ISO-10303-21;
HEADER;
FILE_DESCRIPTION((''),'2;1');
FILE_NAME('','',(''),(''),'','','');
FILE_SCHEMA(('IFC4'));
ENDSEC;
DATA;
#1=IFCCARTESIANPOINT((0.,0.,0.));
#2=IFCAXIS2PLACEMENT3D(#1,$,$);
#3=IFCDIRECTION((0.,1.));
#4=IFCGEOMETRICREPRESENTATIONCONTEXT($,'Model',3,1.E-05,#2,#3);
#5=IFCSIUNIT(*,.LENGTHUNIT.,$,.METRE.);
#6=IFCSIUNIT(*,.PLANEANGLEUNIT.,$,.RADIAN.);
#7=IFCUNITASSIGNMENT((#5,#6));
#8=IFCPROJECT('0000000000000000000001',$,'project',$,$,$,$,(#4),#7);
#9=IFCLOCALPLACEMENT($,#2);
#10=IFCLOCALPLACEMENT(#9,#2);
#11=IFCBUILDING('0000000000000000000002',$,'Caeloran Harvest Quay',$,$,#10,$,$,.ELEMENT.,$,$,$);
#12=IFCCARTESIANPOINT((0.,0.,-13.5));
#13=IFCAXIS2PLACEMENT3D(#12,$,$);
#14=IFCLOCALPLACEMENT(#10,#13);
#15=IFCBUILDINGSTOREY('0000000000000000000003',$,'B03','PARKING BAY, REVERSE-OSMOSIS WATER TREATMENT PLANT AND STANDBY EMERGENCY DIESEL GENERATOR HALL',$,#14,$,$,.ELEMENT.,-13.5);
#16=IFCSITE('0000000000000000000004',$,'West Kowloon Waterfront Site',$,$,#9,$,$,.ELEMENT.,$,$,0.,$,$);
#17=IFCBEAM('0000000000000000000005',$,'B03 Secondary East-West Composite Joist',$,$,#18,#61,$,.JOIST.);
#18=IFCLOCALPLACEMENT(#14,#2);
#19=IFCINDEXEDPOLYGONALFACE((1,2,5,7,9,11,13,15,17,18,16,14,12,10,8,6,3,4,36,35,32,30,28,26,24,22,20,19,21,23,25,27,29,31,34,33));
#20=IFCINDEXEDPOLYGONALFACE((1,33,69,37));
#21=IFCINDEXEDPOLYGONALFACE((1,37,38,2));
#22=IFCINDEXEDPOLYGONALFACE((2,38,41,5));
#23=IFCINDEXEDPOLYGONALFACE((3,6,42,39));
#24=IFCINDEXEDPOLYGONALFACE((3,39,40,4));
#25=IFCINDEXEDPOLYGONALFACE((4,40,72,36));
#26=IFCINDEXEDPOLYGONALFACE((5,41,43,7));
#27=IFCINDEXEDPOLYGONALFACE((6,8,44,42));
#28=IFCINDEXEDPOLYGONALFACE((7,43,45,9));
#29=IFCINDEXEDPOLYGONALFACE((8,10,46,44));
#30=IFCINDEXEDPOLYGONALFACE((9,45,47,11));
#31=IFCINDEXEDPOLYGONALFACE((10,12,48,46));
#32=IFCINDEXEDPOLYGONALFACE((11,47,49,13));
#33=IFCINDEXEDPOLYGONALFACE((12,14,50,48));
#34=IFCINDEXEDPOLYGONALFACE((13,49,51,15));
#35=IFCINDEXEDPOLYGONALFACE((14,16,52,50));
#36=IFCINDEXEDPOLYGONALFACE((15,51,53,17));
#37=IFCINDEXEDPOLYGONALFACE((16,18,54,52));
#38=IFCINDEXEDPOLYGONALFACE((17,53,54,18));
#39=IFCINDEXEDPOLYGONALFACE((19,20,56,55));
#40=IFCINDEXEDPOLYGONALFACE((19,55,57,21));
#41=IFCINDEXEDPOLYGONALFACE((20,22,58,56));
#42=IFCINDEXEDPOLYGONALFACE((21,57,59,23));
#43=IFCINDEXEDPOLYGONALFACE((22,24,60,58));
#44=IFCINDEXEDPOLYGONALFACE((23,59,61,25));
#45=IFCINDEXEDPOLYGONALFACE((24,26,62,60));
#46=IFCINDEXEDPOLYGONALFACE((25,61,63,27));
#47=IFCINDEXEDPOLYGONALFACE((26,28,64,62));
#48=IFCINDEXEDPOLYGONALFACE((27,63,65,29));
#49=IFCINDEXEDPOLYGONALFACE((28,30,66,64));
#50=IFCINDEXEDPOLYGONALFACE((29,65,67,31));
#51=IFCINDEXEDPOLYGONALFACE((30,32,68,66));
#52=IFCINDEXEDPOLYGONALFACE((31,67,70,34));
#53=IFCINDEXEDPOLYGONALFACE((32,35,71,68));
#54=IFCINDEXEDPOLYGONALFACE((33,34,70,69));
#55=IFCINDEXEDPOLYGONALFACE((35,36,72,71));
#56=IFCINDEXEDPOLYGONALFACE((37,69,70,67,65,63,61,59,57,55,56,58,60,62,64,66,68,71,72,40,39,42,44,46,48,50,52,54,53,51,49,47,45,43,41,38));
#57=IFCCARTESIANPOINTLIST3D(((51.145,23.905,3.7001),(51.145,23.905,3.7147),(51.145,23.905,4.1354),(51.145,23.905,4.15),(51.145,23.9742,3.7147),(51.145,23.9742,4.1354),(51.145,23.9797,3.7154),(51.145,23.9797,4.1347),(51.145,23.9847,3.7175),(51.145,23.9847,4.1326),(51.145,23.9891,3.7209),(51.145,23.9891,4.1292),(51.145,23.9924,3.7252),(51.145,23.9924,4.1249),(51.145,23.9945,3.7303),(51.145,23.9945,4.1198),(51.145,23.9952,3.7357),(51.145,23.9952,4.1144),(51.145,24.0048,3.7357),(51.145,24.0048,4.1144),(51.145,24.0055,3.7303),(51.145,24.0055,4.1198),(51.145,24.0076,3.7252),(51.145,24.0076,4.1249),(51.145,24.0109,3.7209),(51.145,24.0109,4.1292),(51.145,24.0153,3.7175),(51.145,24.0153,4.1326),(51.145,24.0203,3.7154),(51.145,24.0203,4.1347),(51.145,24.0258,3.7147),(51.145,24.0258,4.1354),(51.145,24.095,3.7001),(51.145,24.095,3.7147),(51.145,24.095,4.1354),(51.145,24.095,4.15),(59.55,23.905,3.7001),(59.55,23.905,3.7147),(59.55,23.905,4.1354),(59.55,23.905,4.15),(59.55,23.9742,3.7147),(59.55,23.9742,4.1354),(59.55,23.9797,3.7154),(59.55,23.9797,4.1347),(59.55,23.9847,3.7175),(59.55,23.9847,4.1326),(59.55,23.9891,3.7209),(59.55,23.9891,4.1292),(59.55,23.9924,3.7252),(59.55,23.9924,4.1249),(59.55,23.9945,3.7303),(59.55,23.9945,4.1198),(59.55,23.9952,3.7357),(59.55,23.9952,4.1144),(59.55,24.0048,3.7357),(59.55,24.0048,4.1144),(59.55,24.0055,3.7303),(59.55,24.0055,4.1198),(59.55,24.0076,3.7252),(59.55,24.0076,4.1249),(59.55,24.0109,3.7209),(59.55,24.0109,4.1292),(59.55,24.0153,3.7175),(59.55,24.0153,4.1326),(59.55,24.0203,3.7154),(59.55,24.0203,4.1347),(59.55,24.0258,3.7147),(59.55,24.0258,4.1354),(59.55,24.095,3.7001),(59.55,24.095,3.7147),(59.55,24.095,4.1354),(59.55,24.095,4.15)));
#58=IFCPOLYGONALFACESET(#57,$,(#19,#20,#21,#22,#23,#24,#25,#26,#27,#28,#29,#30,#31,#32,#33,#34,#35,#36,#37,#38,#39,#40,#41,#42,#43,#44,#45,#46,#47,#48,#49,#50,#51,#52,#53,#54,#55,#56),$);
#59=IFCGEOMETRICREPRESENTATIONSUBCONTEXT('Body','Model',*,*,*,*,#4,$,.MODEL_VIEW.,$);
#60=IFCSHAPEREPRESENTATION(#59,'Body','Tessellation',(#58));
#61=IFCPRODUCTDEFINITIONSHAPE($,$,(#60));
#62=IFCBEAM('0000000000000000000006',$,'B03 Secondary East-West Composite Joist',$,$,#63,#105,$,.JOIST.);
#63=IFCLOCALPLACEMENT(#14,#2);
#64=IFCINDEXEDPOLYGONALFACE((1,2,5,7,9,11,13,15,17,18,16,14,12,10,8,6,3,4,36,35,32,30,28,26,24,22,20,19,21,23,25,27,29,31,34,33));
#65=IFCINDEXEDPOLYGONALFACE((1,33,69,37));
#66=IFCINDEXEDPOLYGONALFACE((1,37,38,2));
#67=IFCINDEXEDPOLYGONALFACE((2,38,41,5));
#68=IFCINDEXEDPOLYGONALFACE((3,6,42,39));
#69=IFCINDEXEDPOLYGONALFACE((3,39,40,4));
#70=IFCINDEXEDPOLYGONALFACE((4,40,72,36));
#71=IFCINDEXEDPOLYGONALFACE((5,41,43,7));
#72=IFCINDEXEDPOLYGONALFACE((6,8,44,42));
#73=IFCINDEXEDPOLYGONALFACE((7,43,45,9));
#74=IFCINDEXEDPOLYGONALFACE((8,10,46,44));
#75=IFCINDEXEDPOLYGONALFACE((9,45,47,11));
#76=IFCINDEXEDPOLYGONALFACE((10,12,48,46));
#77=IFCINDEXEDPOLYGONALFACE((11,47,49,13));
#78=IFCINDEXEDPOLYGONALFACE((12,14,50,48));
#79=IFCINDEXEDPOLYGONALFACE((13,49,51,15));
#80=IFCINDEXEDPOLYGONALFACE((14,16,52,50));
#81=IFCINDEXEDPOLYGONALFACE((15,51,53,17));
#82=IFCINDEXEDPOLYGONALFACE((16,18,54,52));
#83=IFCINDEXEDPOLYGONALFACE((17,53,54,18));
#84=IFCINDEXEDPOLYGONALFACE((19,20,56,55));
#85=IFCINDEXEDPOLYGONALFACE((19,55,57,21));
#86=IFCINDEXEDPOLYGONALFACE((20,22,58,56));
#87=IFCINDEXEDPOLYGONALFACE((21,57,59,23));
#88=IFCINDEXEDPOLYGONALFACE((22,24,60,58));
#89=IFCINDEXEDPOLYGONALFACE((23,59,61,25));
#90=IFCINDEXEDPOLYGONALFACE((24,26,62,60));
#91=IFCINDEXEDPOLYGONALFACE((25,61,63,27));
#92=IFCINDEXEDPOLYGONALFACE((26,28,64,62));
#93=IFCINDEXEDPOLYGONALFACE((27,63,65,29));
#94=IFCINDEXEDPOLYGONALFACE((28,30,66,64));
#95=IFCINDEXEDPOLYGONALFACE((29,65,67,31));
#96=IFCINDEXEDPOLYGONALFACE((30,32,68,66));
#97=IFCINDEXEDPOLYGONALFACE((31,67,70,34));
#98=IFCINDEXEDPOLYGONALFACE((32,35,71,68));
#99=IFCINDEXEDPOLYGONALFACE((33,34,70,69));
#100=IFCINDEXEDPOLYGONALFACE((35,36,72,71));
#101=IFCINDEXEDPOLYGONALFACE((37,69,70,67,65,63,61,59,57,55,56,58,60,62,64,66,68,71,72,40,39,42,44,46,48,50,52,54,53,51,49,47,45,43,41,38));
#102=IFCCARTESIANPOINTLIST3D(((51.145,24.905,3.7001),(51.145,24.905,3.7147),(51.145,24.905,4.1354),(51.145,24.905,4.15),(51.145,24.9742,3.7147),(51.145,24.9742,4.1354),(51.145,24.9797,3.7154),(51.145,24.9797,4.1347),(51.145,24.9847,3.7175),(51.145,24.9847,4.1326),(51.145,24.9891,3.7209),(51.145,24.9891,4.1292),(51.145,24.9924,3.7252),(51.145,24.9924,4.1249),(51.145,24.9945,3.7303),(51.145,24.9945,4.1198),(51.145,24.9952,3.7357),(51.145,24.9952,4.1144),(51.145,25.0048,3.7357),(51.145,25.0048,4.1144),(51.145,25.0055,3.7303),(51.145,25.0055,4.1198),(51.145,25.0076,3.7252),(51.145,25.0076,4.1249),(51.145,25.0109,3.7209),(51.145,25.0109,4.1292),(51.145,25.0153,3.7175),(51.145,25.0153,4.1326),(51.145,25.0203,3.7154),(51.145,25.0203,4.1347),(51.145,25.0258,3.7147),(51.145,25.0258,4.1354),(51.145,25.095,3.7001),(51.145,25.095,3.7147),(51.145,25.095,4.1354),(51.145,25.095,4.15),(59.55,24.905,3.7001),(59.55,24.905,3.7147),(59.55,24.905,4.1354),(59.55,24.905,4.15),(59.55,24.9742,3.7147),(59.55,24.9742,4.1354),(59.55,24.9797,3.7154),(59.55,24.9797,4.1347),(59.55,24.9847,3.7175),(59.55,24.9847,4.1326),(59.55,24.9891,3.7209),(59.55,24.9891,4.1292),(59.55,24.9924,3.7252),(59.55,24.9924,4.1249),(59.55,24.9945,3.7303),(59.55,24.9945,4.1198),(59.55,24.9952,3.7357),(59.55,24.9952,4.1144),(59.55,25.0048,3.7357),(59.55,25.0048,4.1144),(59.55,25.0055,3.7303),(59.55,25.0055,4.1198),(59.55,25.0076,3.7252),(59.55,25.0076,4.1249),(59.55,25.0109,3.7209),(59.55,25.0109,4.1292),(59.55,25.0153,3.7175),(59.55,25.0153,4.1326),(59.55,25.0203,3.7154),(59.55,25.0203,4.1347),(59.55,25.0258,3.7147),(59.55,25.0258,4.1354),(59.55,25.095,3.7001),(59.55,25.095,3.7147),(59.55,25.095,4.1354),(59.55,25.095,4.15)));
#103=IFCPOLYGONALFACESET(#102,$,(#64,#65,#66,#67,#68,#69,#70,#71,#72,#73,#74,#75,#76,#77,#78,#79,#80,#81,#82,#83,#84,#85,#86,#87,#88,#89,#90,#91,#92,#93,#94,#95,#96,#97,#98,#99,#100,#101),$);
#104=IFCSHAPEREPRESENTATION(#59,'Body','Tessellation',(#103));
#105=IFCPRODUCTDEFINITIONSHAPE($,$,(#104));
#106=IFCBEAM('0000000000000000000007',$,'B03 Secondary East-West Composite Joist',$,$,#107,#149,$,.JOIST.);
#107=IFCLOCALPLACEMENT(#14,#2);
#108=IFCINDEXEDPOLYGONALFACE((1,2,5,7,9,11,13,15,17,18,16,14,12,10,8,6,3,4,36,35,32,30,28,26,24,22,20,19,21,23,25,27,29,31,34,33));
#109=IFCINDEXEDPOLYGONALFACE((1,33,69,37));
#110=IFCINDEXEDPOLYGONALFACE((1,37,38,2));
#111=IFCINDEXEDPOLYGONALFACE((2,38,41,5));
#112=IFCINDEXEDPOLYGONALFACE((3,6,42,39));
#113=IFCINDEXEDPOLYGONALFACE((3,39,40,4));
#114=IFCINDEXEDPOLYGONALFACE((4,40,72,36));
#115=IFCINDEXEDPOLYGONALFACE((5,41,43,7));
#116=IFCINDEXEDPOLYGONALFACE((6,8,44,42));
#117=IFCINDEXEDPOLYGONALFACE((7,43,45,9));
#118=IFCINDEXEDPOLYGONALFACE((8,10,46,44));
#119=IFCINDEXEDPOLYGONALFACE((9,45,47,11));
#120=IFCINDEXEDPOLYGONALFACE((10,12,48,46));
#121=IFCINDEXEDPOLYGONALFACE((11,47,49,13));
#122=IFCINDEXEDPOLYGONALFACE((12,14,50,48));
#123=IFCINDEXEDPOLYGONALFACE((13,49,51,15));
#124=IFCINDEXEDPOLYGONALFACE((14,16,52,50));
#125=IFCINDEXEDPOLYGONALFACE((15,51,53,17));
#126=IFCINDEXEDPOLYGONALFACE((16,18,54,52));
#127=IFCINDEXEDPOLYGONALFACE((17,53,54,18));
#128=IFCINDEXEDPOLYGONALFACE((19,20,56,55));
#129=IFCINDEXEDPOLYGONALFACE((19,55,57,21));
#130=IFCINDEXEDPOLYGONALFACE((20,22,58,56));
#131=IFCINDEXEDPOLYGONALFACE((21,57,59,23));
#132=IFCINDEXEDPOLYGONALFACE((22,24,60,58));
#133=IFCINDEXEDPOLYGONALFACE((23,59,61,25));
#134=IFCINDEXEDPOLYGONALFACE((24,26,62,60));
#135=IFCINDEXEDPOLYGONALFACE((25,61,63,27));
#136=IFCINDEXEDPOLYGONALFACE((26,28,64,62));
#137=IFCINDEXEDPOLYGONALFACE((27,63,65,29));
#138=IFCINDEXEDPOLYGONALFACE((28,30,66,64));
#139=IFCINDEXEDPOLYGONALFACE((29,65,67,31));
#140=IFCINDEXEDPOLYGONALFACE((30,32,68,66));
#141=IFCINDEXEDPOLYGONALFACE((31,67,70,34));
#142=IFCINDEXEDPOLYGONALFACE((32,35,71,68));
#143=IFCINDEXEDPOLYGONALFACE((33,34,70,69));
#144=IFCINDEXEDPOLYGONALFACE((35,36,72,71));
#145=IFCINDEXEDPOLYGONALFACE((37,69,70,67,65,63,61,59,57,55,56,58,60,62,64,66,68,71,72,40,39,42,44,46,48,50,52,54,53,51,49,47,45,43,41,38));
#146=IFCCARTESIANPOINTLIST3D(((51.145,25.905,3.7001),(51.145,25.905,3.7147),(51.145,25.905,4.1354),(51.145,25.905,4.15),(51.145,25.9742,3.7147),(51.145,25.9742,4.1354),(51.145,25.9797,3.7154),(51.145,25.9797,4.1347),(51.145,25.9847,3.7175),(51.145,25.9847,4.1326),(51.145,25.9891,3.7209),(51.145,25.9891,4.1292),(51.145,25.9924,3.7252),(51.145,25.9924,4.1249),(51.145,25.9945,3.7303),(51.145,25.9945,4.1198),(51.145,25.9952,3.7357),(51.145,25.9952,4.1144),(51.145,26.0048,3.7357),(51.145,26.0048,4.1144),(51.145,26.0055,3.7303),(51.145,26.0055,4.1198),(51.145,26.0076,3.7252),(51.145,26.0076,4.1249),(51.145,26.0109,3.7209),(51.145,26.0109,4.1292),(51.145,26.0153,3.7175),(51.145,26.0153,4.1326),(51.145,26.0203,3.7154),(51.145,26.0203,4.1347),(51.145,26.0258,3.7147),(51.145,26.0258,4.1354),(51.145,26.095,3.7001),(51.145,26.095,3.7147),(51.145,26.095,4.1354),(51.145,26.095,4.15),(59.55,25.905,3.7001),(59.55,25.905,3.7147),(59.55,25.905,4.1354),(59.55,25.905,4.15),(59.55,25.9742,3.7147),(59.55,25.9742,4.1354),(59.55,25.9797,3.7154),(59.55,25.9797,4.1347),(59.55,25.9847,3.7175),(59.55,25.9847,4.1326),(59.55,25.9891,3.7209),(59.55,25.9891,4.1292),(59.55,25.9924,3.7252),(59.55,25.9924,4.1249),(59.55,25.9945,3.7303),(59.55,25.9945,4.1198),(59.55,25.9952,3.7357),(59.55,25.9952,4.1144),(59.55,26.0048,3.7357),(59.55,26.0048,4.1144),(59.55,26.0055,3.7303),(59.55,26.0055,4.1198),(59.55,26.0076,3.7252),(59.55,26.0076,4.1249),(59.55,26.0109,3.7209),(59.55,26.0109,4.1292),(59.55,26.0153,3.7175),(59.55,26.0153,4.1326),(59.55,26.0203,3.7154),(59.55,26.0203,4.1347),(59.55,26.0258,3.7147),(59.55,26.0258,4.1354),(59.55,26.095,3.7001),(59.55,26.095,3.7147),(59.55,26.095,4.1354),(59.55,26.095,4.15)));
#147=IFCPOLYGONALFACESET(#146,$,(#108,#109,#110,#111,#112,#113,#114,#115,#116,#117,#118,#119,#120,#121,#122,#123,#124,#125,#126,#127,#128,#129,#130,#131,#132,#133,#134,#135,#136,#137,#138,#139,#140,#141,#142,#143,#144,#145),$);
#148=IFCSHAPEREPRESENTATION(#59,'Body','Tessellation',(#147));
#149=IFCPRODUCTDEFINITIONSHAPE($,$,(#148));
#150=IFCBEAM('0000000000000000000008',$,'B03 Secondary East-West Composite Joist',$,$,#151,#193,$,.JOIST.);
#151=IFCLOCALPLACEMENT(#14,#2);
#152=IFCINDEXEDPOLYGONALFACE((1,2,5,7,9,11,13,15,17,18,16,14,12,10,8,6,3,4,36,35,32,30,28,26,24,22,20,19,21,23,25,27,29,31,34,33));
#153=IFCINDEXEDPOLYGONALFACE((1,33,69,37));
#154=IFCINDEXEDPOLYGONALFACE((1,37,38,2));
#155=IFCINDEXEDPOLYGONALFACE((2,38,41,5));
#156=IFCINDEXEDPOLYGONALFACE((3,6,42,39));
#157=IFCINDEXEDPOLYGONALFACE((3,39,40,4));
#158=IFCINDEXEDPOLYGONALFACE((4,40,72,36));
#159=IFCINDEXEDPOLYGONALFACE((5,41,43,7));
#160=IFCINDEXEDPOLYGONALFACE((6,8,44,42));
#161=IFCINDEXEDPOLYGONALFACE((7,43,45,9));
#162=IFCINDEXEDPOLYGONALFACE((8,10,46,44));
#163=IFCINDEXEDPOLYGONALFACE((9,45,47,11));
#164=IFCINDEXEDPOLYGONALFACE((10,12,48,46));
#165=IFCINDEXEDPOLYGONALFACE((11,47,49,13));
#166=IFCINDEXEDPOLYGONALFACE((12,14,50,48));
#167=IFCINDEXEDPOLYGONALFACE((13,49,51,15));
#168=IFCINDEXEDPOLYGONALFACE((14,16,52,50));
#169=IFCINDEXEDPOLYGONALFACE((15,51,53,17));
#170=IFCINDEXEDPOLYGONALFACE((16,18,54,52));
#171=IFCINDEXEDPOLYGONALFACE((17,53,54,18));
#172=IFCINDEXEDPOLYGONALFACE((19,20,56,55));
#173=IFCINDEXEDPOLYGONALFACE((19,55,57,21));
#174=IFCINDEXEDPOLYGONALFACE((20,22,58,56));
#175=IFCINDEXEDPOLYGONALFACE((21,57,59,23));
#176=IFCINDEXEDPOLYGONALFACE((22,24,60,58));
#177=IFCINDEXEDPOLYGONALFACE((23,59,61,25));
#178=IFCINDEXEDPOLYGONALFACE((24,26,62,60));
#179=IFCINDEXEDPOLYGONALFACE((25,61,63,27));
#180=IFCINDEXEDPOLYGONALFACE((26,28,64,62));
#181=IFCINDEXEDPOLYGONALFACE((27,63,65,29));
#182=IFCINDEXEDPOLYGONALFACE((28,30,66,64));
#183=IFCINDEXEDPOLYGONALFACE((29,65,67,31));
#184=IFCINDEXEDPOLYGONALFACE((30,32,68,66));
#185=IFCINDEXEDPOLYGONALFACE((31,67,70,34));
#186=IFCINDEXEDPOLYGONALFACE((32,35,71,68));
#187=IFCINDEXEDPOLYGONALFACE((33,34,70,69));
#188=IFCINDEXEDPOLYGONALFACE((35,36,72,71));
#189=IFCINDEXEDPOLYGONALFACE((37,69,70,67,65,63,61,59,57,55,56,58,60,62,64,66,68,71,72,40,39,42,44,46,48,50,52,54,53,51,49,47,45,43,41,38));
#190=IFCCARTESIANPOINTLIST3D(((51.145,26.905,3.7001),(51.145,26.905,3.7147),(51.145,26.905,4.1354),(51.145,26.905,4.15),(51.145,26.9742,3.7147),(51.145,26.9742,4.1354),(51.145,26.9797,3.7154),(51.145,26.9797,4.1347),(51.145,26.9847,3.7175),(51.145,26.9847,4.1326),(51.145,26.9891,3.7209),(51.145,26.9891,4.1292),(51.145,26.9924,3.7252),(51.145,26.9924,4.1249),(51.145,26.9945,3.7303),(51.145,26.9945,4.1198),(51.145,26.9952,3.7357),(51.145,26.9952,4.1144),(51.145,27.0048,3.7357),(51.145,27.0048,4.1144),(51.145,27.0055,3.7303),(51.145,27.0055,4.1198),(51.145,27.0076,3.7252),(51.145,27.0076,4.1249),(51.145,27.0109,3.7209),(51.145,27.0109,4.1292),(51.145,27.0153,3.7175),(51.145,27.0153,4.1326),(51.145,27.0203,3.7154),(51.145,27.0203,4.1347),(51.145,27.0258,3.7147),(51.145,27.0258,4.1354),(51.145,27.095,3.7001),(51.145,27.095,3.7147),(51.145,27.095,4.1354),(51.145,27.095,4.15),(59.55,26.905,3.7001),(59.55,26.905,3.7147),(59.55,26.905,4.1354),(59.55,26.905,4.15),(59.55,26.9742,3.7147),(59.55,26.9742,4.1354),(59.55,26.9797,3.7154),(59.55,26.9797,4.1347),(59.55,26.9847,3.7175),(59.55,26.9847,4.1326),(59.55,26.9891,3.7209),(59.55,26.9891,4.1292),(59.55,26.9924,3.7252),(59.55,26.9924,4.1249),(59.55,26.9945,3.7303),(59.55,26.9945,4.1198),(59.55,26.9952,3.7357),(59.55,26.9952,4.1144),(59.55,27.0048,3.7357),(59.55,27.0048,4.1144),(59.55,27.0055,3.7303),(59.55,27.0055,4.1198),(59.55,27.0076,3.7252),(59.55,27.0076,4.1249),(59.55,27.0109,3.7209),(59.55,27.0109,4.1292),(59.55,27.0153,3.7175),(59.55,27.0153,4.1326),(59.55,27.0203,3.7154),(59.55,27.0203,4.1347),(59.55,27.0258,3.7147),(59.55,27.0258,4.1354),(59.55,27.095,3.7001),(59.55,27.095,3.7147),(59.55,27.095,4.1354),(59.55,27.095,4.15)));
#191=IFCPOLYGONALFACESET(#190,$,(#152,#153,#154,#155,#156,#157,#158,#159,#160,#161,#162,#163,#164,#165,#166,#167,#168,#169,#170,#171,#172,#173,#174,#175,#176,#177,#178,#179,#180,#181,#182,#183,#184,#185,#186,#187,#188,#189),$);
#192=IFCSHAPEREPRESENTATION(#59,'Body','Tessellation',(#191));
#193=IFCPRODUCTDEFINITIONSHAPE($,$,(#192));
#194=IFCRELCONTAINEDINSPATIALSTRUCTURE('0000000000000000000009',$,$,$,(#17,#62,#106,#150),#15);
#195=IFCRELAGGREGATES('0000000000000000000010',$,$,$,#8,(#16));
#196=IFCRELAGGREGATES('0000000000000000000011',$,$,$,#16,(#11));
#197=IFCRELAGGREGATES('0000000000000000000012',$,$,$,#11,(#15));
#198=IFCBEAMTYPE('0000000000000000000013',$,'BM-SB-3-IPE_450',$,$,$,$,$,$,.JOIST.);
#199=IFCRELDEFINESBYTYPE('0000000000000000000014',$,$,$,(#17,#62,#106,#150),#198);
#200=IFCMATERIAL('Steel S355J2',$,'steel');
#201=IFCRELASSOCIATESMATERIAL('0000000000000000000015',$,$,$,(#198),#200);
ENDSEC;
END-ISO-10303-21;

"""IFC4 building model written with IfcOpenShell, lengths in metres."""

from ifc_helpers import new_model, si_unit, direction, frame, origin, origin_2d, place, context, subcontext, project, spatial, i_section, extrude, material, material_profile, profile_set, type_object, element, save


model = new_model("IFC4")

# Units and contexts
model_context = context("Model", 3, precision=1e-05, world=origin(), true_north=direction((0.0, 1.0)))
body_context = subcontext(model_context, "Body", "Model", "MODEL_VIEW")
ifc_project = project(units=[si_unit("LENGTHUNIT", "METRE"), si_unit("PLANEANGLEUNIT", "RADIAN")], contexts=[model_context])

# Site, building, storey
site_placement = place(None, origin())
site = spatial("IfcSite", under=ifc_project, at=site_placement, Name="West Kowloon Waterfront Site", CompositionType="ELEMENT", RefElevation=0.0)
building_placement = place(site_placement, origin())
building = spatial("IfcBuilding", under=site, at=building_placement, Name="Caeloran Harvest Quay", CompositionType="ELEMENT")
storey_placement = place(building_placement, frame((0.0, 0.0, -13.5)))
storey = spatial("IfcBuildingStorey", under=building, at=storey_placement, Name="B03", Description="PARKING BAY, REVERSE-OSMOSIS WATER TREATMENT PLANT AND STANDBY EMERGENCY DIESEL GENERATOR HALL", CompositionType="ELEMENT", Elevation=-13.5)

# Beams
ifc_material_1 = material(Name="Steel S355J2", Category="steel")
ifc_material_profile_1 = material_profile(ifc_material_1, i_section(OverallWidth=0.1899, OverallDepth=0.45, WebThickness=0.0095, FlangeThickness=0.0146, FilletRadius=0.021, at=origin_2d()), Name="IPE 450")
ifc_profile_set_1 = profile_set([ifc_material_profile_1], Name="Steel S355J2")
beam_type_1 = type_object("IfcBeamType", Name="BM-SB-3-IPE_450", PredefinedType="JOIST", material=ifc_profile_set_1)
for number, where, z_axis, x_axis, name in (
    (1, (51.145, 24.0, 3.925), (1.0, 0.0, 0.0), (0.0, 1.0, 0.0), "B03 Secondary East-West Composite Joist"),
    (2, (51.145, 25.0, 3.925), (1.0, 0.0, 0.0), (0.0, 1.0, 0.0), "B03 Secondary East-West Composite Joist"),
    (3, (51.145, 26.0, 3.925), (1.0, 0.0, 0.0), (0.0, 1.0, 0.0), "B03 Secondary East-West Composite Joist"),
    (4, (51.145, 27.0, 3.925), (1.0, 0.0, 0.0), (0.0, 1.0, 0.0), "B03 Secondary East-West Composite Joist"),
):
    element("IfcBeam", number, at=place(storey_placement, frame(where, z_axis=z_axis, x_axis=x_axis)), inside=storey, type_object=beam_type_1, Name=name, PredefinedType="JOIST", context=body_context, shape_type="SweptSolid", body=[
        extrude(i_section(OverallWidth=0.1899, OverallDepth=0.45, WebThickness=0.0095, FlangeThickness=0.0146, FilletRadius=0.021, at=origin_2d()), origin(), (0.0, 0.0, 1.0), 8.405),
    ])

save(model, "model.ifc")
